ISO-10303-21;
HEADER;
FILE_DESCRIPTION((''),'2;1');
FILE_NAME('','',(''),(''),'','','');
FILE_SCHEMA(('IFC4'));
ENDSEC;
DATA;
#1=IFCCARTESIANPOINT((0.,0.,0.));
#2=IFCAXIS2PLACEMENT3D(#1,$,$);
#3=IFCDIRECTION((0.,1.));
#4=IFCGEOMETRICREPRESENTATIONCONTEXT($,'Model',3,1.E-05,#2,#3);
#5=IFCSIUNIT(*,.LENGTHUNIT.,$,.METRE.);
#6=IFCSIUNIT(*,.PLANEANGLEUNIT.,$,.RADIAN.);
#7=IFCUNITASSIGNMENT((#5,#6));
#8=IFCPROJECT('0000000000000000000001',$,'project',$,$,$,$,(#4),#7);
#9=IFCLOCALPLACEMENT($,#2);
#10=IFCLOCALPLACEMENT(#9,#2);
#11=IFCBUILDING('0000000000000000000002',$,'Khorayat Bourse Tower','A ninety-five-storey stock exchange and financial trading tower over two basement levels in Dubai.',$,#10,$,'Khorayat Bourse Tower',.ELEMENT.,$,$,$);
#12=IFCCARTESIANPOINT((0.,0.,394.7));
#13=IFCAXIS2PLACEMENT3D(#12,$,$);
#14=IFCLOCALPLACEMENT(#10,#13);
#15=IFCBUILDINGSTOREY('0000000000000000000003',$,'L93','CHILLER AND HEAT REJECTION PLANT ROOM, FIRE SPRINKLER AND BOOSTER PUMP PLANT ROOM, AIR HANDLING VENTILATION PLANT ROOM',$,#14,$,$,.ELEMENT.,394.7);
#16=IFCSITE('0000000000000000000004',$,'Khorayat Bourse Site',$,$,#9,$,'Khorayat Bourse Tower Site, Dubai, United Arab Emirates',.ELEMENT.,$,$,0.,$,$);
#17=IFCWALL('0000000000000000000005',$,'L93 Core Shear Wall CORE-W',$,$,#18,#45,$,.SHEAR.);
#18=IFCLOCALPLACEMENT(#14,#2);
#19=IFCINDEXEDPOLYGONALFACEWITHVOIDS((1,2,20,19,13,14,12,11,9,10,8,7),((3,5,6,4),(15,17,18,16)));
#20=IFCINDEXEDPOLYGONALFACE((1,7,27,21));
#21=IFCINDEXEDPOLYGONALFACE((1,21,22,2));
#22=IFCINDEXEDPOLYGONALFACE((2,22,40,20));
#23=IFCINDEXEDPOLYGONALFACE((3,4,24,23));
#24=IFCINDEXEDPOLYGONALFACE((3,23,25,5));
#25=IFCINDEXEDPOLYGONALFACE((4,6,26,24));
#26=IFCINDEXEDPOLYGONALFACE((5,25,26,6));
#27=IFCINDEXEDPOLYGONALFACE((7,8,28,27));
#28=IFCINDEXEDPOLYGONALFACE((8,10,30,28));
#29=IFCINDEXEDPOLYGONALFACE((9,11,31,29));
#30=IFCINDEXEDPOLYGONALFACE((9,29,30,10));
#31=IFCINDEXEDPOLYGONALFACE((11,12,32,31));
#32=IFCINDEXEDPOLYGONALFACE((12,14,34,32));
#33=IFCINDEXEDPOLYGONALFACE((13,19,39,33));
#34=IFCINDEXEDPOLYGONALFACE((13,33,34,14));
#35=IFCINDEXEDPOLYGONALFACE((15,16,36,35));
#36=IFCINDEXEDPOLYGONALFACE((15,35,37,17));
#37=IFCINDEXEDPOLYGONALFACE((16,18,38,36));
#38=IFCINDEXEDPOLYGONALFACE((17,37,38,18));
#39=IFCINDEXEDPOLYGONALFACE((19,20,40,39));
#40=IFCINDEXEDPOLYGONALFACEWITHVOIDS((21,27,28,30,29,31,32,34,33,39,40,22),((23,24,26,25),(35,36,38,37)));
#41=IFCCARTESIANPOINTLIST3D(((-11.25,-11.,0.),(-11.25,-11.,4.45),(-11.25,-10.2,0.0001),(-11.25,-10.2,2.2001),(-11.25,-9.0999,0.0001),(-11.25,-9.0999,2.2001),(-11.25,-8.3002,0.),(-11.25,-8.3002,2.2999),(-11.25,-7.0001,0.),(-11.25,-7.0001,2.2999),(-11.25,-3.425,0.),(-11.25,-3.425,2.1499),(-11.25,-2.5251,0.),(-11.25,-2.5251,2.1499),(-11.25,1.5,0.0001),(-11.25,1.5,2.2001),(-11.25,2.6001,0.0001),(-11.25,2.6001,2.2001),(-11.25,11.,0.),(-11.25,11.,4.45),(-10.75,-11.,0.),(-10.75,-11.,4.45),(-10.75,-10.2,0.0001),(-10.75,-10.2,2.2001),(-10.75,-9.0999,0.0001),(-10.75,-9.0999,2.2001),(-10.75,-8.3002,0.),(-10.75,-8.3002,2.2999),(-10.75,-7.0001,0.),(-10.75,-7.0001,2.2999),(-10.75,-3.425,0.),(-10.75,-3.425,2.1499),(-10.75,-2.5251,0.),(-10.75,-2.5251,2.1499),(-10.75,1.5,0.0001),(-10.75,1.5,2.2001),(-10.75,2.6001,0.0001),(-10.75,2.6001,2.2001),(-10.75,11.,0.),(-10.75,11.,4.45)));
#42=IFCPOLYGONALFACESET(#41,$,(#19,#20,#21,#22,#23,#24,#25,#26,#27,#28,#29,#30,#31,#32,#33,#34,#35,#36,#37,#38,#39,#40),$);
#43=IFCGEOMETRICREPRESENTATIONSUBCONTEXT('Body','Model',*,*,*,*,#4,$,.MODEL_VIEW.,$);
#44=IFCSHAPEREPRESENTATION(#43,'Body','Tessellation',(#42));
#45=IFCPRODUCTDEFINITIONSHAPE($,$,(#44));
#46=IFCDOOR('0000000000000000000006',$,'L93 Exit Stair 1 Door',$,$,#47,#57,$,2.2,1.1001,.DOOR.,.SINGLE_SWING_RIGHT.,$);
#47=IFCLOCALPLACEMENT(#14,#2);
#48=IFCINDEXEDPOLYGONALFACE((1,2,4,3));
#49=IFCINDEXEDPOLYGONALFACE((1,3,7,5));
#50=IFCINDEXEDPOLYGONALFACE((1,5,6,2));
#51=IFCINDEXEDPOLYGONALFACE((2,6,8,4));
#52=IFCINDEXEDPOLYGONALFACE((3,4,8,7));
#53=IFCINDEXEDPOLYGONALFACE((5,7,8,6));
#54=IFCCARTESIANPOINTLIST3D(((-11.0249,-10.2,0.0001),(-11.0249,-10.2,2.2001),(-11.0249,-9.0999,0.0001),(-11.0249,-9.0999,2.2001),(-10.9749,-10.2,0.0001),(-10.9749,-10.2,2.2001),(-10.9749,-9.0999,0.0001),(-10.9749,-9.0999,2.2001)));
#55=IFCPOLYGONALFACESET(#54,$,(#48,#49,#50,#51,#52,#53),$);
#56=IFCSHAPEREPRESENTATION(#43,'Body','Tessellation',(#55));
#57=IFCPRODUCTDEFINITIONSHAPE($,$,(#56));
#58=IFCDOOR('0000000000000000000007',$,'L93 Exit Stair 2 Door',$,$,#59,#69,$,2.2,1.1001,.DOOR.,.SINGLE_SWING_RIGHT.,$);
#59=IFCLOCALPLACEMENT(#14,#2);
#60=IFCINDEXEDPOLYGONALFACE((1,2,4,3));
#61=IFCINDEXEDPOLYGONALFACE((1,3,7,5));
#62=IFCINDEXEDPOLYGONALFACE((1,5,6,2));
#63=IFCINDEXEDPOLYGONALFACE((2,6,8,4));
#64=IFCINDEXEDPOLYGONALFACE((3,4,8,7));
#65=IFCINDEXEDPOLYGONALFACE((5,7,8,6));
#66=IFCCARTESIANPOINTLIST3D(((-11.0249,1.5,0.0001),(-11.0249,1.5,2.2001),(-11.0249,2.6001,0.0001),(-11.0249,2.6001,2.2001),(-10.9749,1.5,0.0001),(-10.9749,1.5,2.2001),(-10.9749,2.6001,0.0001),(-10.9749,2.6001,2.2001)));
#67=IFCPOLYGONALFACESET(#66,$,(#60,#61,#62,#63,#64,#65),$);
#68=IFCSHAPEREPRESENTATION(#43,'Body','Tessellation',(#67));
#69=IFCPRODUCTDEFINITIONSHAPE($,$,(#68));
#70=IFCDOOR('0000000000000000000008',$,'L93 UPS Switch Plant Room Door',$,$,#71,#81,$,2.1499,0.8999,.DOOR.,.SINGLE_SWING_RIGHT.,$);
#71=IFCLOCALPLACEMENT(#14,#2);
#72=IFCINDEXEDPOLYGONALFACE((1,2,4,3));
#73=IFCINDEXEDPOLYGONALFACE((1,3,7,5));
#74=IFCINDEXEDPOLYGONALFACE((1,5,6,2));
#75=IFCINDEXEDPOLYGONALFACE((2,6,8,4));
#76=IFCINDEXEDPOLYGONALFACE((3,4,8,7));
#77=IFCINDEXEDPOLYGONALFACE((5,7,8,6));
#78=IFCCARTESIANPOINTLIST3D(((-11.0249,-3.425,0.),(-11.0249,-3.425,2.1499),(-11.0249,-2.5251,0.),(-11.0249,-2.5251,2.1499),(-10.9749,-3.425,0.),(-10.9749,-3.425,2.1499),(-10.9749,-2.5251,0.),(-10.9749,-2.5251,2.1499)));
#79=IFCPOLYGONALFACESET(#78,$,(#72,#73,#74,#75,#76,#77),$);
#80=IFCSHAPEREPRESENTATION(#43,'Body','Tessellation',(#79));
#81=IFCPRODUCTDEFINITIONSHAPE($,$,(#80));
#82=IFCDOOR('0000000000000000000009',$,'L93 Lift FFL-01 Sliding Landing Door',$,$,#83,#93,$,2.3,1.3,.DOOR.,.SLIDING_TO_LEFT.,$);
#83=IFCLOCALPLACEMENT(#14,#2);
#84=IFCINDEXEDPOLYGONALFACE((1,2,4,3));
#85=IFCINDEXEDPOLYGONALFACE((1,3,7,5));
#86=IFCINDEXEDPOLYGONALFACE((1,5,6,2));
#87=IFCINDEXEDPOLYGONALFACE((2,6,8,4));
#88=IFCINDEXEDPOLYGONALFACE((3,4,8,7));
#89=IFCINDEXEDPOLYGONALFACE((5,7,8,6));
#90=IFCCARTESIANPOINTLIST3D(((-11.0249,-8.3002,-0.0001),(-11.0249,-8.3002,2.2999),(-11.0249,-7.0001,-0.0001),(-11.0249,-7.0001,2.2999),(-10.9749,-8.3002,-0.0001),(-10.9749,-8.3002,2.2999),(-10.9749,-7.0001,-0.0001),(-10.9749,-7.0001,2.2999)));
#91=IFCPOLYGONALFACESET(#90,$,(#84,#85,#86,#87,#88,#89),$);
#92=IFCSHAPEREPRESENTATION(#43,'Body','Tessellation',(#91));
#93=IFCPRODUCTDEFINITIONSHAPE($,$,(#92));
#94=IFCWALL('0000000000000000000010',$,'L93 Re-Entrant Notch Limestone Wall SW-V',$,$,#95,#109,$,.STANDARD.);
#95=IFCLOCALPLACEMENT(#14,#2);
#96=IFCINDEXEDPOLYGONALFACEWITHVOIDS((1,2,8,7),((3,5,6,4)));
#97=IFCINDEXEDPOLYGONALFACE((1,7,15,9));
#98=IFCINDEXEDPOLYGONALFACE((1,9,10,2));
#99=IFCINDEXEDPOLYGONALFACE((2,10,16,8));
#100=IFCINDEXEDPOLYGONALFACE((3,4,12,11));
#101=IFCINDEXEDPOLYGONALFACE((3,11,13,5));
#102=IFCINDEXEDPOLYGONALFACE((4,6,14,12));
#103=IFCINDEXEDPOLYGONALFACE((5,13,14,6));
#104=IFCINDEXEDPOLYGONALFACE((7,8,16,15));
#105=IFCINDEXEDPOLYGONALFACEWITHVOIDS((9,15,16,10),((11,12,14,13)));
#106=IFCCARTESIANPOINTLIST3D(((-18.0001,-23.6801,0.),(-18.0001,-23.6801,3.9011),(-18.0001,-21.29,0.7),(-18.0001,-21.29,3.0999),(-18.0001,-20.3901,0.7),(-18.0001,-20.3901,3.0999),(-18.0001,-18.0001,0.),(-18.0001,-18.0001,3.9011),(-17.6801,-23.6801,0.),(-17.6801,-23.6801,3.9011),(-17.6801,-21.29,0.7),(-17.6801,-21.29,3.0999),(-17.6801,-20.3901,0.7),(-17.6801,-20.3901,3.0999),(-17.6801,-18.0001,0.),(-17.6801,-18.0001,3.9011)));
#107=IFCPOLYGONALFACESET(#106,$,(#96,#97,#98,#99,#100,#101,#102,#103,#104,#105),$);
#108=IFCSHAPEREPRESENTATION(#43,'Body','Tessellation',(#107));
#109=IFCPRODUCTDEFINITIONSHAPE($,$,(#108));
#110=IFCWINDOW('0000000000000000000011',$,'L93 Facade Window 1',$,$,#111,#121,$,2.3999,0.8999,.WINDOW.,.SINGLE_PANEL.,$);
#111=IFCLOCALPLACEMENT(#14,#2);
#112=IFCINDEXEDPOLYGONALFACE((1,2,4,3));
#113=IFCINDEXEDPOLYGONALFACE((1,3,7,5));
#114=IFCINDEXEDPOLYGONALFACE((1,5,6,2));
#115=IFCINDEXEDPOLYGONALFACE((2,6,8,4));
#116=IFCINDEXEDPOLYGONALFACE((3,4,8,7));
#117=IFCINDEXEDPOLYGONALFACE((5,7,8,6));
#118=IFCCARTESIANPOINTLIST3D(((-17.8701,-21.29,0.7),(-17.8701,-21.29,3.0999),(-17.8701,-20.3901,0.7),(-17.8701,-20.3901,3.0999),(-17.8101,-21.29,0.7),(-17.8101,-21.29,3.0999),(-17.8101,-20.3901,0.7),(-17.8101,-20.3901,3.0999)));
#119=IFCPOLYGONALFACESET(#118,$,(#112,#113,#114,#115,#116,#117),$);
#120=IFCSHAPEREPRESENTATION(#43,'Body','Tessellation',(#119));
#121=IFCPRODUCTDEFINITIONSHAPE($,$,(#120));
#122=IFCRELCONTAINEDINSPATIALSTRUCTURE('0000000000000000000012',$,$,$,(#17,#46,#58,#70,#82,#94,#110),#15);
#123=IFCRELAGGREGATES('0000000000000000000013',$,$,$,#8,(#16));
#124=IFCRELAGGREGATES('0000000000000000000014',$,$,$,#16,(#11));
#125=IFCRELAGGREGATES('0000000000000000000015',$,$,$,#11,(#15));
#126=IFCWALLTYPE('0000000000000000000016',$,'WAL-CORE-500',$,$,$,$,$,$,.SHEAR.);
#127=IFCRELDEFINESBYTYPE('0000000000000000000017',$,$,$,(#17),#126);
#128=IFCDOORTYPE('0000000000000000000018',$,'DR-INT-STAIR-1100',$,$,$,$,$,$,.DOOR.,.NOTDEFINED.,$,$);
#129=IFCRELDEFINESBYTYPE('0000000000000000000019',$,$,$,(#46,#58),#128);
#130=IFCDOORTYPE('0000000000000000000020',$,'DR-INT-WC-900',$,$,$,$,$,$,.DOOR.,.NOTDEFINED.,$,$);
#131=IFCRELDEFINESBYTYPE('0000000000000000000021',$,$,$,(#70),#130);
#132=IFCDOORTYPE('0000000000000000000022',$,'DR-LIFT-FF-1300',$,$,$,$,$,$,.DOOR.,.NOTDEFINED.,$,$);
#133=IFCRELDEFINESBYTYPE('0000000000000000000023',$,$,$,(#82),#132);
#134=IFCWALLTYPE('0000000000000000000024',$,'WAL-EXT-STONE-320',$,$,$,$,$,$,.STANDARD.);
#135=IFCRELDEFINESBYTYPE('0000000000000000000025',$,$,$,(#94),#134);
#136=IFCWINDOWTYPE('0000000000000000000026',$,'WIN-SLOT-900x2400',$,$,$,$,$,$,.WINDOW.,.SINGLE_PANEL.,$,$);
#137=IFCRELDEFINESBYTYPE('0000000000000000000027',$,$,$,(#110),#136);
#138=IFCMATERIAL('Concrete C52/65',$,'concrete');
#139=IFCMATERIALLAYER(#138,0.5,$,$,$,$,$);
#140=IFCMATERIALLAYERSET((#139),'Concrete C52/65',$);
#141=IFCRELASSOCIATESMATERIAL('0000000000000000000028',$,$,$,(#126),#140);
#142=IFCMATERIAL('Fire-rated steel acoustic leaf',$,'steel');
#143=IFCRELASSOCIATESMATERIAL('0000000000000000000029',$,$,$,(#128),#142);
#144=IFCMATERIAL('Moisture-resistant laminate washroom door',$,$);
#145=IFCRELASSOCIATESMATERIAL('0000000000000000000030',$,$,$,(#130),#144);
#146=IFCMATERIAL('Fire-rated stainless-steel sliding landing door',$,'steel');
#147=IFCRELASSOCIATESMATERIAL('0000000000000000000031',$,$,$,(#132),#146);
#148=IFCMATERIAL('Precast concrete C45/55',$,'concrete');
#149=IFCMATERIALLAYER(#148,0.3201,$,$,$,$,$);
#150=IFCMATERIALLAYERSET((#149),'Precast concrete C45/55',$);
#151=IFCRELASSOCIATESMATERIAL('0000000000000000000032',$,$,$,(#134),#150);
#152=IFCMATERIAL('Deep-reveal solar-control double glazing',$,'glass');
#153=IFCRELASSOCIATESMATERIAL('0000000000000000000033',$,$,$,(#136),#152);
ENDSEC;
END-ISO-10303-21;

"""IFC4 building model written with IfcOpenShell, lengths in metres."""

from ifc_helpers import new_model, si_unit, direction, frame, frame_2d, origin, place, context, subcontext, project, spatial, rectangle, extrude, source, transform, mapped, material, layer, layer_set, type_object, element, fill, save


model = new_model("IFC4")

# Units and contexts
model_context = context("Model", 3, precision=1e-05, world=origin(), true_north=direction((0.0, 1.0)))
body_context = subcontext(model_context, "Body", "Model", "MODEL_VIEW")
ifc_project = project(units=[si_unit("LENGTHUNIT", "METRE"), si_unit("PLANEANGLEUNIT", "RADIAN")], contexts=[model_context])

# Site, building, storey
site_placement = place(None, origin())
site = spatial("IfcSite", under=ifc_project, at=site_placement, Name="Khorayat Bourse Site", LongName="Khorayat Bourse Tower Site, Dubai, United Arab Emirates", CompositionType="ELEMENT", RefElevation=0.0)
building_placement = place(site_placement, origin())
building = spatial("IfcBuilding", under=site, at=building_placement, Name="Khorayat Bourse Tower", Description="A ninety-five-storey stock exchange and financial trading tower over two basement levels in Dubai.", LongName="Khorayat Bourse Tower", CompositionType="ELEMENT")
storey_placement = place(building_placement, frame((0.0, 0.0, 394.7)))
storey = spatial("IfcBuildingStorey", under=building, at=storey_placement, Name="L93", Description="CHILLER AND HEAT REJECTION PLANT ROOM, FIRE SPRINKLER AND BOOSTER PUMP PLANT ROOM, AIR HANDLING VENTILATION PLANT ROOM", CompositionType="ELEMENT", Elevation=394.7)

# Shared definitions
ifc_material_1 = material(Name="Concrete C52/65", Category="concrete")

# Wall, openings, doors
ifc_layer_1 = layer(ifc_material_1, 0.5)
ifc_layer_set_1 = layer_set([ifc_layer_1], Name="Concrete C52/65")
wall_type_1 = type_object("IfcWallType", Name="WAL-CORE-500", PredefinedType="SHEAR", material=ifc_layer_set_1)
shared_shape_1 = source(origin(), body_context, "Body", "SweptSolid", [
    extrude(rectangle(XDim=22.0, YDim=0.5, at=frame_2d((11.0, 0.0))), origin(), (0.0, 0.0, 1.0), 4.45),
])
wall_1_placement = place(storey_placement, frame((-11.0, -11.0, 0.0), z_axis=(0.0, 0.0, 1.0), x_axis=(0.0, 1.0, 0.0)))
wall_1 = element("IfcWall", 1, at=wall_1_placement, inside=storey, type_object=wall_type_1, Name="L93 Core Shear Wall CORE-W", PredefinedType="SHEAR", context=body_context, shape_type="MappedRepresentation", body=[
    mapped(shared_shape_1, transform((0.0, 0.0, 0.0), scale=1.0)),
])
shared_shape_2 = source(origin(), body_context, "Body", "SweptSolid", [
    extrude(rectangle(XDim=1.1001, YDim=2.2, at=frame_2d((0.55, 1.1001))), frame((0.0, 0.26, 0.0), z_axis=(0.0, -1.0, 0.0), x_axis=(1.0, 0.0, 0.0)), (0.0, 0.0, 1.0), 0.52),
])
opening_1_placement = place(wall_1_placement, frame((0.8, 0.0, 0.0)))
opening_1 = element("IfcOpeningElement", 2, at=opening_1_placement, cuts=wall_1, PredefinedType="OPENING", context=body_context, shape_type="MappedRepresentation", body=[
    mapped(shared_shape_2, transform((0.0, 0.0, 0.0), scale=1.0)),
])
opening_2_placement = place(wall_1_placement, frame((12.5, 0.0, 0.0)))
opening_2 = element("IfcOpeningElement", 3, at=opening_2_placement, cuts=wall_1, PredefinedType="OPENING", context=body_context, shape_type="MappedRepresentation", body=[
    mapped(shared_shape_2, transform((0.0, 0.0, 0.0), scale=1.0)),
])
shared_shape_3 = source(origin(), body_context, "Body", "SweptSolid", [
    extrude(rectangle(XDim=0.8999, YDim=2.1499, at=frame_2d((0.45, 1.075))), frame((0.0, 0.26, 0.0), z_axis=(0.0, -1.0, 0.0), x_axis=(1.0, 0.0, 0.0)), (0.0, 0.0, 1.0), 0.52),
])
opening_3_placement = place(wall_1_placement, frame((7.575, 0.0, 0.0)))
opening_3 = element("IfcOpeningElement", 4, at=opening_3_placement, cuts=wall_1, PredefinedType="OPENING", context=body_context, shape_type="MappedRepresentation", body=[
    mapped(shared_shape_3, transform((0.0, 0.0, 0.0), scale=1.0)),
])
shared_shape_4 = source(origin(), body_context, "Body", "SweptSolid", [
    extrude(rectangle(XDim=1.3, YDim=2.3, at=frame_2d((0.6499, 1.1499))), frame((0.0, 0.26, 0.0), z_axis=(0.0, -1.0, 0.0), x_axis=(1.0, 0.0, 0.0)), (0.0, 0.0, 1.0), 0.52),
])
opening_4_placement = place(wall_1_placement, frame((2.7, 0.0, 0.0)))
opening_4 = element("IfcOpeningElement", 5, at=opening_4_placement, cuts=wall_1, PredefinedType="OPENING", context=body_context, shape_type="MappedRepresentation", body=[
    mapped(shared_shape_4, transform((0.0, 0.0, 0.0), scale=1.0)),
])
ifc_material_2 = material(Name="Fire-rated steel acoustic leaf", Category="steel")
door_type_1 = type_object("IfcDoorType", Name="DR-INT-STAIR-1100", OperationType="NOTDEFINED", PredefinedType="DOOR", material=ifc_material_2)
shared_shape_5 = source(origin(), body_context, "Body", "SweptSolid", [
    extrude(rectangle(XDim=1.1001, YDim=2.2, at=frame_2d((0.55, 1.1001))), frame((0.0, 0.0249, 0.0), z_axis=(0.0, -1.0, 0.0), x_axis=(1.0, 0.0, 0.0)), (0.0, 0.0, 1.0), 0.05),
])
door_1_placement = place(opening_1_placement, origin())
door_1 = element("IfcDoor", 6, at=door_1_placement, inside=storey, type_object=door_type_1, Name="L93 Exit Stair 1 Door", OperationType="SINGLE_SWING_RIGHT", OverallHeight=2.2, OverallWidth=1.1001, PredefinedType="DOOR", context=body_context, shape_type="MappedRepresentation", body=[
    mapped(shared_shape_5, transform((0.0, 0.0, 0.0), scale=1.0)),
])
fill(opening_1, door_1)
door_2_placement = place(opening_2_placement, origin())
door_2 = element("IfcDoor", 7, at=door_2_placement, inside=storey, type_object=door_type_1, Name="L93 Exit Stair 2 Door", OperationType="SINGLE_SWING_RIGHT", OverallHeight=2.2, OverallWidth=1.1001, PredefinedType="DOOR", context=body_context, shape_type="MappedRepresentation", body=[
    mapped(shared_shape_5, transform((0.0, 0.0, 0.0), scale=1.0)),
])
fill(opening_2, door_2)
ifc_material_3 = material(Name="Moisture-resistant laminate washroom door")
door_type_2 = type_object("IfcDoorType", Name="DR-INT-WC-900", OperationType="NOTDEFINED", PredefinedType="DOOR", material=ifc_material_3)
shared_shape_6 = source(origin(), body_context, "Body", "SweptSolid", [
    extrude(rectangle(XDim=0.8999, YDim=2.1499, at=frame_2d((0.45, 1.075))), frame((0.0, 0.0249, 0.0), z_axis=(0.0, -1.0, 0.0), x_axis=(1.0, 0.0, 0.0)), (0.0, 0.0, 1.0), 0.05),
])
door_3_placement = place(opening_3_placement, origin())
door_3 = element("IfcDoor", 8, at=door_3_placement, inside=storey, type_object=door_type_2, Name="L93 UPS Switch Plant Room Door", OperationType="SINGLE_SWING_RIGHT", OverallHeight=2.1499, OverallWidth=0.8999, PredefinedType="DOOR", context=body_context, shape_type="MappedRepresentation", body=[
    mapped(shared_shape_6, transform((0.0, 0.0, 0.0), scale=1.0)),
])
fill(opening_3, door_3)
ifc_material_4 = material(Name="Fire-rated stainless-steel sliding landing door", Category="steel")
door_type_3 = type_object("IfcDoorType", Name="DR-LIFT-FF-1300", OperationType="NOTDEFINED", PredefinedType="DOOR", material=ifc_material_4)
shared_shape_7 = source(origin(), body_context, "Body", "SweptSolid", [
    extrude(rectangle(XDim=1.3, YDim=2.3, at=frame_2d((0.6499, 1.1499))), frame((0.0, 0.0249, 0.0), z_axis=(0.0, -1.0, 0.0), x_axis=(1.0, 0.0, 0.0)), (0.0, 0.0, 1.0), 0.05),
])
door_4_placement = place(opening_4_placement, origin())
door_4 = element("IfcDoor", 9, at=door_4_placement, inside=storey, type_object=door_type_3, Name="L93 Lift FFL-01 Sliding Landing Door", OperationType="SLIDING_TO_LEFT", OverallHeight=2.3, OverallWidth=1.3, PredefinedType="DOOR", context=body_context, shape_type="MappedRepresentation", body=[
    mapped(shared_shape_7, transform((0.0, 0.0, 0.0), scale=1.0)),
])
fill(opening_4, door_4)

# Wall, opening, window
ifc_material_5 = material(Name="Precast concrete C45/55", Category="concrete")
ifc_layer_2 = layer(ifc_material_5, 0.3201)
ifc_layer_set_2 = layer_set([ifc_layer_2], Name="Precast concrete C45/55")
wall_type_2 = type_object("IfcWallType", Name="WAL-EXT-STONE-320", PredefinedType="STANDARD", material=ifc_layer_set_2)
shared_shape_8 = source(origin(), body_context, "Body", "SweptSolid", [
    extrude(rectangle(XDim=5.6799, YDim=0.3201, at=frame_2d((2.8398, 0.0))), origin(), (0.0, 0.0, 1.0), 3.9011),
])
wall_2_placement = place(storey_placement, frame((-17.8401, -23.6799, 0.0), z_axis=(0.0, 0.0, 1.0), x_axis=(0.0, 1.0, 0.0)))
wall_2 = element("IfcWall", 10, at=wall_2_placement, inside=storey, type_object=wall_type_2, Name="L93 Re-Entrant Notch Limestone Wall SW-V", PredefinedType="STANDARD", context=body_context, shape_type="MappedRepresentation", body=[
    mapped(shared_shape_8, transform((0.0, 0.0, 0.0), scale=1.0)),
])
shared_shape_9 = source(origin(), body_context, "Body", "SweptSolid", [
    extrude(rectangle(XDim=0.8999, YDim=2.3999, at=frame_2d((0.45, 1.2))), frame((0.0, 0.1699, 0.0), z_axis=(0.0, -1.0, 0.0), x_axis=(1.0, 0.0, 0.0)), (0.0, 0.0, 1.0), 0.3401),
])
opening_5_placement = place(wall_2_placement, frame((2.3899, 0.0, 0.7)))
opening_5 = element("IfcOpeningElement", 11, at=opening_5_placement, cuts=wall_2, PredefinedType="OPENING", context=body_context, shape_type="MappedRepresentation", body=[
    mapped(shared_shape_9, transform((0.0, 0.0, 0.0), scale=1.0)),
])
ifc_material_6 = material(Name="Deep-reveal solar-control double glazing", Category="glass")
window_type = type_object("IfcWindowType", Name="WIN-SLOT-900x2400", PartitioningType="SINGLE_PANEL", PredefinedType="WINDOW", material=ifc_material_6)
shared_shape_10 = source(origin(), body_context, "Body", "SweptSolid", [
    extrude(rectangle(XDim=0.8999, YDim=2.3999, at=frame_2d((0.45, 1.2))), frame((0.0, 0.03, 0.0), z_axis=(0.0, -1.0, 0.0), x_axis=(1.0, 0.0, 0.0)), (0.0, 0.0, 1.0), 0.0601),
])
window_placement = place(opening_5_placement, origin())
window = element("IfcWindow", 12, at=window_placement, inside=storey, type_object=window_type, Name="L93 Facade Window 1", OverallHeight=2.3999, OverallWidth=0.8999, PartitioningType="SINGLE_PANEL", PredefinedType="WINDOW", context=body_context, shape_type="MappedRepresentation", body=[
    mapped(shared_shape_10, transform((0.0, 0.0, 0.0), scale=1.0)),
])
fill(opening_5, window)

save(model, "model.ifc")
